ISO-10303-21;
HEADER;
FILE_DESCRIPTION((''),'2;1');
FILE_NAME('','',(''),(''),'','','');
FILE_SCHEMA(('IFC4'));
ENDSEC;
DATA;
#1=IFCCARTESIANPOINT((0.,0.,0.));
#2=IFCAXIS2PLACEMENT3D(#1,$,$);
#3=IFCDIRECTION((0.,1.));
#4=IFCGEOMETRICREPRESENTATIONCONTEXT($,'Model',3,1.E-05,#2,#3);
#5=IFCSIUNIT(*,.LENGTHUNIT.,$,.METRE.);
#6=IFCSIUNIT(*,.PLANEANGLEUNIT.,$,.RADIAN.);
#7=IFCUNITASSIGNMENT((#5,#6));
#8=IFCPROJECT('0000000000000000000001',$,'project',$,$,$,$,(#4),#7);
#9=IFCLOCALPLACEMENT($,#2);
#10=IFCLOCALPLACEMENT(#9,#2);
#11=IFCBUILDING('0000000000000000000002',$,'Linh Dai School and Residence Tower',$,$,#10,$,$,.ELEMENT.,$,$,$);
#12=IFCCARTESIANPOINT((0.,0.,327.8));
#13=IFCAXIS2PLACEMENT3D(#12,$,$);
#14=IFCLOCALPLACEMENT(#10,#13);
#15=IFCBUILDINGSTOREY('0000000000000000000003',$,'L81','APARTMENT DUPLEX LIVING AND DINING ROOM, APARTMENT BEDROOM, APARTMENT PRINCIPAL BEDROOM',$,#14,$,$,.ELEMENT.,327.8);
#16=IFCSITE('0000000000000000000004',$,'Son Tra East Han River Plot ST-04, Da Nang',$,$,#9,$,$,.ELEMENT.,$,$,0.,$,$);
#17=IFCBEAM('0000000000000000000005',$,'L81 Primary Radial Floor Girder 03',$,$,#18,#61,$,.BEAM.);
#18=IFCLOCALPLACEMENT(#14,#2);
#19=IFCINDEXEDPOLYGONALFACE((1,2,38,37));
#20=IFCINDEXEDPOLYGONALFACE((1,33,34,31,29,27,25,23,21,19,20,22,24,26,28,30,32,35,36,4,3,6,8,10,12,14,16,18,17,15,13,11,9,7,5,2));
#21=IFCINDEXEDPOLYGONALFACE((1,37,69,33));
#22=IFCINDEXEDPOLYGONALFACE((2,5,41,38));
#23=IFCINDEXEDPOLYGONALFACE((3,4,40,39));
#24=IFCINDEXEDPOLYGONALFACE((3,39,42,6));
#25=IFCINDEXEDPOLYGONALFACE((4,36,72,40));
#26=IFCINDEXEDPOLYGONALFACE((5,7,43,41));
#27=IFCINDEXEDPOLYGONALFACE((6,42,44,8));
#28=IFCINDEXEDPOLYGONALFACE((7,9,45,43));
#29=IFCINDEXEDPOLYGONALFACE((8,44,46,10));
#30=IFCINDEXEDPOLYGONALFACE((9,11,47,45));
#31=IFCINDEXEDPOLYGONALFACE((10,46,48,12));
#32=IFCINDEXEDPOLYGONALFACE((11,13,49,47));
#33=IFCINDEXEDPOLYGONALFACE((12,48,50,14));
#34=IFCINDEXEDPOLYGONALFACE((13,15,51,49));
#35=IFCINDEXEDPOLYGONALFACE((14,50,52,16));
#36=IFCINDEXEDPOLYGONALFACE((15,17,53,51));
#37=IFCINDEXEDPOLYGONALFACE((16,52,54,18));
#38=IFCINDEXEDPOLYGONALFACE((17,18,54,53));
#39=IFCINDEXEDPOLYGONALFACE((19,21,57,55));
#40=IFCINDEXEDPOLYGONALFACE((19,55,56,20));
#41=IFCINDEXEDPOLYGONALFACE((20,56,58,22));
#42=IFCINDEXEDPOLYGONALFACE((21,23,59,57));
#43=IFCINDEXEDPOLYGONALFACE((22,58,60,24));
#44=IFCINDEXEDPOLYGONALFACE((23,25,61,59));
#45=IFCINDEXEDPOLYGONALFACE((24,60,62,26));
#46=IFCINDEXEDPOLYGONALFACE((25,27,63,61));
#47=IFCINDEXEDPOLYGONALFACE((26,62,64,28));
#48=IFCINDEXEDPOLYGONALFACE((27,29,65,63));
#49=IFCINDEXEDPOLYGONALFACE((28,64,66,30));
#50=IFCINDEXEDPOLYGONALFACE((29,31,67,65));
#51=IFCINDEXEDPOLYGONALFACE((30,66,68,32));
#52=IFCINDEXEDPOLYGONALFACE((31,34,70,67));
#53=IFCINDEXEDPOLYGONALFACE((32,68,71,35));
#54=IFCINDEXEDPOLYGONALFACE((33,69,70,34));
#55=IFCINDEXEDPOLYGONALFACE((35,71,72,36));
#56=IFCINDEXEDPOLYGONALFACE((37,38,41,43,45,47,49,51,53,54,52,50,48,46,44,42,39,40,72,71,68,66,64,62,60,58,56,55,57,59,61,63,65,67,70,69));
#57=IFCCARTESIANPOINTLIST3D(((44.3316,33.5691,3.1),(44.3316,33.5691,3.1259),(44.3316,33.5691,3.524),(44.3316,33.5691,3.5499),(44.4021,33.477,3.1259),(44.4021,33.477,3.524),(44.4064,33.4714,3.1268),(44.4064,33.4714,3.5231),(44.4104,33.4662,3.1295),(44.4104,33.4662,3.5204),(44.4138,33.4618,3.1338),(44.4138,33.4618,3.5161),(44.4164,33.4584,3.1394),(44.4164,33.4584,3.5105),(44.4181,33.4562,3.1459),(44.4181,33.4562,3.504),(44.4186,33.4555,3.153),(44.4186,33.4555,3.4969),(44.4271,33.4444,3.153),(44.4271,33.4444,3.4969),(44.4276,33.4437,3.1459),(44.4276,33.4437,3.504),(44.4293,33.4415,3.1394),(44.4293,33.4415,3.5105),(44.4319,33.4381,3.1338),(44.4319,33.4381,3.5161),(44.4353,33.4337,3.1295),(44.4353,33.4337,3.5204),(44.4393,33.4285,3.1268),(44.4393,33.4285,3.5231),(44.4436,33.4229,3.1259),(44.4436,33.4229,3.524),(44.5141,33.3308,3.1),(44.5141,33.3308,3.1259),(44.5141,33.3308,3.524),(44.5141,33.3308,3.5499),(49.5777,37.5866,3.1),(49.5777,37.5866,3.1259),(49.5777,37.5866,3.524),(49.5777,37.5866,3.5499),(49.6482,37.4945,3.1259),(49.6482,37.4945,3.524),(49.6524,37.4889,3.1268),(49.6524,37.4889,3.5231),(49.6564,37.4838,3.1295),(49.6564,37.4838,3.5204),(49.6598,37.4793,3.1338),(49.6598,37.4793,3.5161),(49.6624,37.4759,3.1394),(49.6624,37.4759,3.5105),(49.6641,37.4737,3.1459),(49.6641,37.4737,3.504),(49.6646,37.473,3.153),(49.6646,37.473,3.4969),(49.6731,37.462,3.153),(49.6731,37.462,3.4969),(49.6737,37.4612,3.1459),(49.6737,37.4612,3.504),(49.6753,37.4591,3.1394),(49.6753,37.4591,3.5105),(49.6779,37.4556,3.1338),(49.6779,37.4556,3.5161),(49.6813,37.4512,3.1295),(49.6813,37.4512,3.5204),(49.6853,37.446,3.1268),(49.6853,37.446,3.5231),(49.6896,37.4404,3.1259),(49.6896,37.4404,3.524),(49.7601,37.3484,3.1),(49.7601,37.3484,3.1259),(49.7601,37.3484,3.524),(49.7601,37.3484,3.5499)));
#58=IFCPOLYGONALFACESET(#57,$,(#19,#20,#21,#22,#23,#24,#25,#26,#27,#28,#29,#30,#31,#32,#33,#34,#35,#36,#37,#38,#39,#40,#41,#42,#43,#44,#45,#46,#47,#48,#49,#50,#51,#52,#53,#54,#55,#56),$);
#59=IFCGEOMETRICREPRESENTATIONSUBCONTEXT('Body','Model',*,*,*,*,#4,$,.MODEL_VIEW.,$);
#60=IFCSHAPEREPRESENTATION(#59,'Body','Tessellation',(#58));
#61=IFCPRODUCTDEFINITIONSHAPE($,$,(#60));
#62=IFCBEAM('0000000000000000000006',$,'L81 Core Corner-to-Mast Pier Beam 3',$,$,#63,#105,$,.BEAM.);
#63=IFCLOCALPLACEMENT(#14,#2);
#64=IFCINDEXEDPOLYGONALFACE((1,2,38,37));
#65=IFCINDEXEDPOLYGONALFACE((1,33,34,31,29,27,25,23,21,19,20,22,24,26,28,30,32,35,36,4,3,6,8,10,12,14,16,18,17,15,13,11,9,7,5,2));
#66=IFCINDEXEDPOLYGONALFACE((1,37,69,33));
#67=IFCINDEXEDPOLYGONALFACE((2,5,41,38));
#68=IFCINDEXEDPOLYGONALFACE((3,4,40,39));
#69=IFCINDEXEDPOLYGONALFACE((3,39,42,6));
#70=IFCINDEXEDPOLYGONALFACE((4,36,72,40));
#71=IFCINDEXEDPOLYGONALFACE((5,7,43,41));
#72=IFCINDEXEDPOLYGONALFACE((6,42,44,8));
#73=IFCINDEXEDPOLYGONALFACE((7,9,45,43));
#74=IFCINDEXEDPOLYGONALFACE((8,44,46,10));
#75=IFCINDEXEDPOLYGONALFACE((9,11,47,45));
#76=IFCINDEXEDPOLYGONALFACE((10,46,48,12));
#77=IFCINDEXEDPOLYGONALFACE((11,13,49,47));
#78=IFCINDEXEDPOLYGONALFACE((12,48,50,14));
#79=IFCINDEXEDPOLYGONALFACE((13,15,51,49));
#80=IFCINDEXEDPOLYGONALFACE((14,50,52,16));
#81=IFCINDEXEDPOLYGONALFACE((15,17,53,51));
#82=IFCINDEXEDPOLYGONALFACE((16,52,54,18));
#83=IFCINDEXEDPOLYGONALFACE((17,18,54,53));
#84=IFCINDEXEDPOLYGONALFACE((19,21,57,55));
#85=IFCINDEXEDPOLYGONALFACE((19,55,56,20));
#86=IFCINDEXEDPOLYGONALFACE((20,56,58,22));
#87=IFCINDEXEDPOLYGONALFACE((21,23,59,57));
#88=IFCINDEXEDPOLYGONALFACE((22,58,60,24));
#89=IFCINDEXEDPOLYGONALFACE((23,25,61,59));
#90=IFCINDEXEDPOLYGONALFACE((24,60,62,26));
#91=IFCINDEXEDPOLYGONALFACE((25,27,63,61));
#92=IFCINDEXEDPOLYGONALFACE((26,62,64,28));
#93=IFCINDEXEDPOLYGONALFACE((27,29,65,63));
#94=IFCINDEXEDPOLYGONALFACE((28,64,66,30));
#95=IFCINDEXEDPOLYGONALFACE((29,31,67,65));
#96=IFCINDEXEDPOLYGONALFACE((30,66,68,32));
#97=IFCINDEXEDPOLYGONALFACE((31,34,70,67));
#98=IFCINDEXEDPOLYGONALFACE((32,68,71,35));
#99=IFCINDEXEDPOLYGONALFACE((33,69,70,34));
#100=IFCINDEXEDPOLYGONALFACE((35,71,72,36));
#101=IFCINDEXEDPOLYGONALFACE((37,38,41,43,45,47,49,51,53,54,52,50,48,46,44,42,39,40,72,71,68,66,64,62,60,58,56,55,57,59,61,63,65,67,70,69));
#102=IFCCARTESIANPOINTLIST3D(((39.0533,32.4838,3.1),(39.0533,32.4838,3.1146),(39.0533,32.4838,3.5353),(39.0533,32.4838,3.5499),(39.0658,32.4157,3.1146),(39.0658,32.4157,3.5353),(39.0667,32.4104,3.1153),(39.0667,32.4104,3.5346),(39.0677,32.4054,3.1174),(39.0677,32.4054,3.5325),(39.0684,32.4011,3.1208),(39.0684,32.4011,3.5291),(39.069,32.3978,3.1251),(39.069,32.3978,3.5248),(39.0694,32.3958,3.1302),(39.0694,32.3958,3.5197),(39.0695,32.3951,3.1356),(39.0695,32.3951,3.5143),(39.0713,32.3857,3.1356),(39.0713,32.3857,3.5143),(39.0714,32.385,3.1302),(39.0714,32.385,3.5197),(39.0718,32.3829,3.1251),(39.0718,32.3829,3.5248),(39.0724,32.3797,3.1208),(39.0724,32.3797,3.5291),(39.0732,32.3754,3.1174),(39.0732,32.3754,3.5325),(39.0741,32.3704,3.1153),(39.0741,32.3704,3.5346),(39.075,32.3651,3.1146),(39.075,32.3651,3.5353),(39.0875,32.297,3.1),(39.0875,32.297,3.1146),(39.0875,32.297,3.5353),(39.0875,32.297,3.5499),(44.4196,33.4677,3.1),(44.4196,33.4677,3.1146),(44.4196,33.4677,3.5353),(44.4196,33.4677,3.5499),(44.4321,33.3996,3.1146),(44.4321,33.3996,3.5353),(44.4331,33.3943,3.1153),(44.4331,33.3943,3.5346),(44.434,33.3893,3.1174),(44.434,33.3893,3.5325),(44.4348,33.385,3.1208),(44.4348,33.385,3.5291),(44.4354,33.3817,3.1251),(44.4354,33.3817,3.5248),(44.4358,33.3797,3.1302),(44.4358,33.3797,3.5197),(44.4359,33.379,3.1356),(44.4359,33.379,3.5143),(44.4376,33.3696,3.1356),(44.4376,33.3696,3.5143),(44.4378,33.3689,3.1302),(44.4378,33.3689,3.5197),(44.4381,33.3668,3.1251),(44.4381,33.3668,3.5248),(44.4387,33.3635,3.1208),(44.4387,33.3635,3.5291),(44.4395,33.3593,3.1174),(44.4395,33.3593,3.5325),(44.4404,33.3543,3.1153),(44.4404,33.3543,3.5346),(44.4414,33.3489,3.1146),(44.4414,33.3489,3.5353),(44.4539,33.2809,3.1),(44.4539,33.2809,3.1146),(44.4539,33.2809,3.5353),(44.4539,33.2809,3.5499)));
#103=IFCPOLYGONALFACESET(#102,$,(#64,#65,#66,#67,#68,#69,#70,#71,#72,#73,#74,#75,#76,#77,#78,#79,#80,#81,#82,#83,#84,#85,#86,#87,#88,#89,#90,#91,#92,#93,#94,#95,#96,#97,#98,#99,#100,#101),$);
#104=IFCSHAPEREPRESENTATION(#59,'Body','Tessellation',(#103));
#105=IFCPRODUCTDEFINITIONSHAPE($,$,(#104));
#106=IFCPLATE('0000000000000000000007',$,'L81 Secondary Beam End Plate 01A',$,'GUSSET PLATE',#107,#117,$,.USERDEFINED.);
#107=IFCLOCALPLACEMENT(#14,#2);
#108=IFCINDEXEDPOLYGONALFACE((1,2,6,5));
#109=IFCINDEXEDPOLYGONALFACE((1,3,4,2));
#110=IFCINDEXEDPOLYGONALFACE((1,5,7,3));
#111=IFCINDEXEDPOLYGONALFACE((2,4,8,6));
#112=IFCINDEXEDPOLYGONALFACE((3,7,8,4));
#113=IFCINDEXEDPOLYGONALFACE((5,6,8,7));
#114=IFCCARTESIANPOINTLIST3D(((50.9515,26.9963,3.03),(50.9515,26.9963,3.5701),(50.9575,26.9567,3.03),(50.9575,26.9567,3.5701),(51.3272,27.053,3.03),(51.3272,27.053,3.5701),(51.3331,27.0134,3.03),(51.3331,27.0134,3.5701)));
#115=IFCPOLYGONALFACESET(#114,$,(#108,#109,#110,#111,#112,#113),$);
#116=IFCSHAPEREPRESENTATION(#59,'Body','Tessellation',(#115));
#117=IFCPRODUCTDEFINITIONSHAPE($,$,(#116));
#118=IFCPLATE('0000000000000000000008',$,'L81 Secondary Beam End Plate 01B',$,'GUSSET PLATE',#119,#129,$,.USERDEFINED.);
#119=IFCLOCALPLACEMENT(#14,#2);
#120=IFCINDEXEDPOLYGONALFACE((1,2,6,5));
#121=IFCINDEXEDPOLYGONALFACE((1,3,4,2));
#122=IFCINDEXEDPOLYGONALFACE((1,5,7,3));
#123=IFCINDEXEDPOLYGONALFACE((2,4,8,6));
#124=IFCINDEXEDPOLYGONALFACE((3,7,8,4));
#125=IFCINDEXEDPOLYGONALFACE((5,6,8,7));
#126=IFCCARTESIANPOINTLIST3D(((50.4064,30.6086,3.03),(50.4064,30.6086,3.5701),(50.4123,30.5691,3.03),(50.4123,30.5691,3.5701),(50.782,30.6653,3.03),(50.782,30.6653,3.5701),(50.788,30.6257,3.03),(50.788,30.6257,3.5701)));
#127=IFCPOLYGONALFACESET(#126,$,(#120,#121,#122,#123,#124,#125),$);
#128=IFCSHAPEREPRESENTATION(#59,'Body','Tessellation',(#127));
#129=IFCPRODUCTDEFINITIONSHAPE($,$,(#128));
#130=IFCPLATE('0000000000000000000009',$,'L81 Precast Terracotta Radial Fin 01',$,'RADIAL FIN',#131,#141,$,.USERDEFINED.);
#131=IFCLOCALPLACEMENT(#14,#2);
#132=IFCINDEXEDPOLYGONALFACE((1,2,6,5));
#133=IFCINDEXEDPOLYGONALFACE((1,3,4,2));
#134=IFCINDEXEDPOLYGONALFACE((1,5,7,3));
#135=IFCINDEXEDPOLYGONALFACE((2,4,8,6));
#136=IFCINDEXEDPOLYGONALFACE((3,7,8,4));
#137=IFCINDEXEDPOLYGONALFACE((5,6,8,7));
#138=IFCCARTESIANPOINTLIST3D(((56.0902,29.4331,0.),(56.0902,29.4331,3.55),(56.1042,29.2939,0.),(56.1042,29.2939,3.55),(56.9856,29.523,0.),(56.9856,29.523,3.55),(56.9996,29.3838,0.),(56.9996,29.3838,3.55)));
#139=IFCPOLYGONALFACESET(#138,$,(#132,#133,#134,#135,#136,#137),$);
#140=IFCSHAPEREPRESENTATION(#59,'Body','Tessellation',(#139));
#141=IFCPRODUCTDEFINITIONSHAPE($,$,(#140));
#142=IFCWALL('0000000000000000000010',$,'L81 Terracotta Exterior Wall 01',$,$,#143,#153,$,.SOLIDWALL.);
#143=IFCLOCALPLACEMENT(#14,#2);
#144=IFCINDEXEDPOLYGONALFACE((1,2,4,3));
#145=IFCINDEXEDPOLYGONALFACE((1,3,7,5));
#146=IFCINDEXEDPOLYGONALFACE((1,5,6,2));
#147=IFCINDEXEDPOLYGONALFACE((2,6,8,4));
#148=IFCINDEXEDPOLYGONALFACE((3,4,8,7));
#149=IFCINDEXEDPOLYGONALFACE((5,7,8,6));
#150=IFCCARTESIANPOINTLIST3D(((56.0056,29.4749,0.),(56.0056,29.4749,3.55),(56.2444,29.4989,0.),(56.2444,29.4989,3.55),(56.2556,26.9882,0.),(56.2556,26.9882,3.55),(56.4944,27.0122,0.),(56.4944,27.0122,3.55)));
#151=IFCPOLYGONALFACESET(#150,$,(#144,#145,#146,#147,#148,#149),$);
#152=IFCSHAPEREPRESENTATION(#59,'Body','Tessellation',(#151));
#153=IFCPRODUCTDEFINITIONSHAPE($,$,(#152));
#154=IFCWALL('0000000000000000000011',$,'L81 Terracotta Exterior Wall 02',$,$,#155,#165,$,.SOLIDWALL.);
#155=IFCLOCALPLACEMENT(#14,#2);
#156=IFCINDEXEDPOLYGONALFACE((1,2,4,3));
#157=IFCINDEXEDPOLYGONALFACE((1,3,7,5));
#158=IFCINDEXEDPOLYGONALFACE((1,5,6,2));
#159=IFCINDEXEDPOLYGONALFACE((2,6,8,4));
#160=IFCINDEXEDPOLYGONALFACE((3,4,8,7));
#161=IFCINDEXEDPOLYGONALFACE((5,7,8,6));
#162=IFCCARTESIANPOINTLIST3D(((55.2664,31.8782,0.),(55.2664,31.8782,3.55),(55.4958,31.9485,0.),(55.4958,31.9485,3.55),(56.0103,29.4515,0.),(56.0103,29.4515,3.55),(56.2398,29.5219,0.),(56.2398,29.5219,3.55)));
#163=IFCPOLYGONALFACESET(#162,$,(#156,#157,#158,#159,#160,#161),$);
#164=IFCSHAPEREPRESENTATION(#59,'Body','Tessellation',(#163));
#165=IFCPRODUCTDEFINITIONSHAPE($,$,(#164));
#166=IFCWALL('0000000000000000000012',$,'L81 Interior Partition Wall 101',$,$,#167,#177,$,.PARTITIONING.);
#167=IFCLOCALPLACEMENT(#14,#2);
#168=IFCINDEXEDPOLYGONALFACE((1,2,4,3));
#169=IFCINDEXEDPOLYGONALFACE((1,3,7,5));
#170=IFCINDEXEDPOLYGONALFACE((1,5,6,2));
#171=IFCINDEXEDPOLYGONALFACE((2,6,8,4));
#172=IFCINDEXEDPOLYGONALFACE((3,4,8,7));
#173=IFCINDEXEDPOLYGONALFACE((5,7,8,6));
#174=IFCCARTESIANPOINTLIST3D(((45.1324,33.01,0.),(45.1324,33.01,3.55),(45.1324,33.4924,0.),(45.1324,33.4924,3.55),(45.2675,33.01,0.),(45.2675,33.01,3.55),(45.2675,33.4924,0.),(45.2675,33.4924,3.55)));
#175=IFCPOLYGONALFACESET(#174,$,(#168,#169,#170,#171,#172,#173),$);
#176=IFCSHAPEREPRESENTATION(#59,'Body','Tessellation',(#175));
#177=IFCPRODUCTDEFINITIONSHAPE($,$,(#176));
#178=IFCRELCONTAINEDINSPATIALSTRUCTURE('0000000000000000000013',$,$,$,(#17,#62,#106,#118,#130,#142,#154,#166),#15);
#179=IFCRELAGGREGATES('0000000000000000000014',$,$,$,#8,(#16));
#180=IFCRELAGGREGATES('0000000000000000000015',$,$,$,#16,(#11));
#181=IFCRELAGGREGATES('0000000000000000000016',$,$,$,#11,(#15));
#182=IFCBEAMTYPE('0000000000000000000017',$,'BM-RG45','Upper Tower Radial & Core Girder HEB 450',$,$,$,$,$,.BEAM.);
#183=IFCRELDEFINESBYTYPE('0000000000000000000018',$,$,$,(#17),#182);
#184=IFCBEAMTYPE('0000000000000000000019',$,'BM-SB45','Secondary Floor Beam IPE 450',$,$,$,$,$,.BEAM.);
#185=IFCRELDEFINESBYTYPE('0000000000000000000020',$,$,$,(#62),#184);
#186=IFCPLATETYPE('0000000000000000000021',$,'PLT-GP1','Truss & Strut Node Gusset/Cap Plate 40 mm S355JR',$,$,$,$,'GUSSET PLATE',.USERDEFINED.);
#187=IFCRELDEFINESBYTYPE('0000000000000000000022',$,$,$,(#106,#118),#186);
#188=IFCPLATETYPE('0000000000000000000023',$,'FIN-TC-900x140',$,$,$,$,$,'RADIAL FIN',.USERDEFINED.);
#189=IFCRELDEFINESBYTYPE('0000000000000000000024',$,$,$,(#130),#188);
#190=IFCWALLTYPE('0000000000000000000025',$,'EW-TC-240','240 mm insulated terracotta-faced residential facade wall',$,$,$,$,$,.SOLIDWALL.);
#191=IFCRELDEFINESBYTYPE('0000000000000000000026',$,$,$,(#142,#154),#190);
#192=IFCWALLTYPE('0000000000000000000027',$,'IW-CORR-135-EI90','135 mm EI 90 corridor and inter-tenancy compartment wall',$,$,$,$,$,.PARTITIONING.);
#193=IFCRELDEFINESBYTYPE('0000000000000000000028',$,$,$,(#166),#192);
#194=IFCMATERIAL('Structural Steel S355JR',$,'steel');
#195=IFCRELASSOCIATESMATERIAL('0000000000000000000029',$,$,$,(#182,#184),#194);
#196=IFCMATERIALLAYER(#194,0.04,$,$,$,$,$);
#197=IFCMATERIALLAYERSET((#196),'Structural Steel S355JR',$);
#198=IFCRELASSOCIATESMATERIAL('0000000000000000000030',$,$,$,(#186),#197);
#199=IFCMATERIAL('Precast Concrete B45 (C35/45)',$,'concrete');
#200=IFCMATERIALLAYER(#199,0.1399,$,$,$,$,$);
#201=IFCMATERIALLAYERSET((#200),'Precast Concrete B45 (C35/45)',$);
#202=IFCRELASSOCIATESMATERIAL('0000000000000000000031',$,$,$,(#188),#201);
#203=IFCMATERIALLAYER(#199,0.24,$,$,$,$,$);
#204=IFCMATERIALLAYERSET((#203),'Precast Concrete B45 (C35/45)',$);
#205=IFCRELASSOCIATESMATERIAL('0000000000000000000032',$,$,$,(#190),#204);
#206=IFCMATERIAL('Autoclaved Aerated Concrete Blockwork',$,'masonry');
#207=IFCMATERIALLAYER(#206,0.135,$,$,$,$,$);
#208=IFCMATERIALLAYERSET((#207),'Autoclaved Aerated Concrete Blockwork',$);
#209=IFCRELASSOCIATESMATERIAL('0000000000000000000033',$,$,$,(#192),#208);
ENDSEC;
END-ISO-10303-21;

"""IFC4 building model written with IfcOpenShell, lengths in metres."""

from ifc_helpers import new_model, si_unit, direction, frame, frame_2d, origin, origin_2d, place, context, subcontext, project, spatial, rectangle, i_section, extrude, source, transform, mapped, material, layer, layer_set, material_profile, profile_set, type_object, element, save


model = new_model("IFC4")

# Units and contexts
model_context = context("Model", 3, precision=1e-05, world=origin(), true_north=direction((0.0, 1.0)))
body_context = subcontext(model_context, "Body", "Model", "MODEL_VIEW")
ifc_project = project(units=[si_unit("LENGTHUNIT", "METRE"), si_unit("PLANEANGLEUNIT", "RADIAN")], contexts=[model_context])

# Site, building, storey
site_placement = place(None, origin())
site = spatial("IfcSite", under=ifc_project, at=site_placement, Name="Son Tra East Han River Plot ST-04, Da Nang", CompositionType="ELEMENT", RefElevation=0.0)
building_placement = place(site_placement, origin())
building = spatial("IfcBuilding", under=site, at=building_placement, Name="Linh Dai School and Residence Tower", CompositionType="ELEMENT")
storey_placement = place(building_placement, frame((0.0, 0.0, 327.8)))
storey = spatial("IfcBuildingStorey", under=building, at=storey_placement, Name="L81", Description="APARTMENT DUPLEX LIVING AND DINING ROOM, APARTMENT BEDROOM, APARTMENT PRINCIPAL BEDROOM", CompositionType="ELEMENT", Elevation=327.8)

# Shared definitions
ifc_material_1 = material(Name="Structural Steel S355JR", Category="steel")

# Beams
ifc_material_profile_1 = material_profile(ifc_material_1, i_section(OverallWidth=0.3, OverallDepth=0.45, WebThickness=0.0139, FlangeThickness=0.0259, FilletRadius=0.0271, at=origin_2d()), Name="HEB 450")
ifc_profile_set_1 = profile_set([ifc_material_profile_1], Name="Structural Steel S355JR")
beam_type_1 = type_object("IfcBeamType", Name="BM-RG45", Description="Upper Tower Radial & Core Girder HEB 450", PredefinedType="BEAM", material=ifc_profile_set_1)
beam_1_placement = place(storey_placement, frame((44.4229, 33.45, 3.325), z_axis=(0.79393, 0.608009, 0.0), x_axis=(-0.608009, 0.79393, 0.0)))
element("IfcBeam", 1, at=beam_1_placement, inside=storey, type_object=beam_type_1, Name="L81 Primary Radial Floor Girder 03", PredefinedType="BEAM", context=body_context, shape_type="SweptSolid", body=[
    extrude(i_section(OverallWidth=0.3, OverallDepth=0.45, WebThickness=0.0139, FlangeThickness=0.0259, FilletRadius=0.0271, at=origin_2d()), origin(), (0.0, 0.0, 1.0), 6.6077),
])
ifc_material_profile_2 = material_profile(ifc_material_1, i_section(OverallWidth=0.1899, OverallDepth=0.45, WebThickness=0.0095, FlangeThickness=0.0146, FilletRadius=0.021, at=origin_2d()), Name="IPE 450")
ifc_profile_set_2 = profile_set([ifc_material_profile_2], Name="Structural Steel S355JR")
beam_type_2 = type_object("IfcBeamType", Name="BM-SB45", Description="Secondary Floor Beam IPE 450", PredefinedType="BEAM", material=ifc_profile_set_2)
beam_2_placement = place(storey_placement, frame((44.4368, 33.3743, 3.325), z_axis=(-0.983605, -0.180334, 0.0), x_axis=(0.180334, -0.983605, 0.0)))
element("IfcBeam", 2, at=beam_2_placement, inside=storey, type_object=beam_type_2, Name="L81 Core Corner-to-Mast Pier Beam 3", PredefinedType="BEAM", context=body_context, shape_type="SweptSolid", body=[
    extrude(i_section(OverallWidth=0.1899, OverallDepth=0.45, WebThickness=0.0095, FlangeThickness=0.0146, FilletRadius=0.021, at=origin_2d()), origin(), (0.0, 0.0, 1.0), 5.4558),
])

# Plates
ifc_layer_1 = layer(ifc_material_1, 0.04)
ifc_layer_set_1 = layer_set([ifc_layer_1], Name="Structural Steel S355JR")
plate_type_1 = type_object("IfcPlateType", Name="PLT-GP1", Description="Truss & Strut Node Gusset/Cap Plate 40 mm S355JR", ElementType="GUSSET PLATE", PredefinedType="USERDEFINED", material=ifc_layer_set_1)
shared_shape_1 = source(origin(), body_context, "Body", "SweptSolid", [
    extrude(rectangle(XDim=0.04, YDim=0.3799, at=origin_2d()), origin(), (0.0, 0.0, 1.0), 0.54),
])
for number, where, z_axis, x_axis, name in (
    (3, (51.1423, 27.0049, 3.03), (0.0, 0.0, 1.0), (-0.149196, 0.988808, 0.0), "L81 Secondary Beam End Plate 01A"),
    (4, (50.5972, 30.6172, 3.03), (0.0, 0.0, 1.0), (-0.149196, 0.988808, 0.0), "L81 Secondary Beam End Plate 01B"),
):
    element("IfcPlate", number, at=place(storey_placement, frame(where, z_axis=z_axis, x_axis=x_axis)), inside=storey, type_object=plate_type_1, Name=name, ObjectType="GUSSET PLATE", PredefinedType="USERDEFINED", context=body_context, shape_type="MappedRepresentation", body=[
        mapped(shared_shape_1, transform((0.0, 0.0, 0.0), x_axis=(1.0, 0.0, 0.0), y_axis=(0.0, 1.0, 0.0), z_axis=(0.0, 0.0, 1.0), scale=1.0)),
    ])
ifc_material_2 = material(Name="Precast Concrete B45 (C35/45)", Category="concrete")
ifc_layer_2 = layer(ifc_material_2, 0.1399)
ifc_layer_set_2 = layer_set([ifc_layer_2], Name="Precast Concrete B45 (C35/45)")
plate_type_2 = type_object("IfcPlateType", Name="FIN-TC-900x140", ElementType="RADIAL FIN", PredefinedType="USERDEFINED", material=ifc_layer_set_2)
shared_shape_2 = source(origin(), body_context, "Body", "SweptSolid", [
    extrude(rectangle(XDim=0.8999, YDim=0.1399, at=origin_2d()), origin(), (0.0, 0.0, 1.0), 3.55),
])
plate_placement = place(storey_placement, frame((56.5449, 29.4084, 0.0), z_axis=(0.0, 0.0, 1.0), x_axis=(0.994988, 0.099992, 0.0)))
element("IfcPlate", 5, at=plate_placement, inside=storey, type_object=plate_type_2, Name="L81 Precast Terracotta Radial Fin 01", ObjectType="RADIAL FIN", PredefinedType="USERDEFINED", context=body_context, shape_type="MappedRepresentation", body=[
    mapped(shared_shape_2, transform((0.0, 0.0, 0.0), x_axis=(1.0, 0.0, 0.0), y_axis=(0.0, 1.0, 0.0), z_axis=(0.0, 0.0, 1.0), scale=1.0)),
])

# Walls
ifc_layer_3 = layer(ifc_material_2, 0.24)
ifc_layer_set_3 = layer_set([ifc_layer_3], Name="Precast Concrete B45 (C35/45)")
wall_type_1 = type_object("IfcWallType", Name="EW-TC-240", Description="240 mm insulated terracotta-faced residential facade wall", PredefinedType="SOLIDWALL", material=ifc_layer_set_3)
wall_1_placement = place(storey_placement, frame((56.125, 29.4868, 0.0), z_axis=(0.0, 0.0, 1.0), x_axis=(0.100026, -0.994985, 0.0)))
element("IfcWall", 6, at=wall_1_placement, inside=storey, type_object=wall_type_1, Name="L81 Terracotta Exterior Wall 01", PredefinedType="SOLIDWALL", context=body_context, shape_type="SweptSolid", body=[
    extrude(rectangle(XDim=2.4993, YDim=0.24, at=frame_2d((1.2495, 0.0))), origin(), (0.0, 0.0, 1.0), 3.55),
])
wall_2_placement = place(storey_placement, frame((55.3811, 31.9133, 0.0), z_axis=(0.0, 0.0, 1.0), x_axis=(0.293106, -0.95608, 0.0)))
element("IfcWall", 7, at=wall_2_placement, inside=storey, type_object=wall_type_1, Name="L81 Terracotta Exterior Wall 02", PredefinedType="SOLIDWALL", context=body_context, shape_type="SweptSolid", body=[
    extrude(rectangle(XDim=2.5381, YDim=0.24, at=frame_2d((1.269, 0.0))), origin(), (0.0, 0.0, 1.0), 3.55),
])
ifc_material_3 = material(Name="Autoclaved Aerated Concrete Blockwork", Category="masonry")
ifc_layer_4 = layer(ifc_material_3, 0.135)
ifc_layer_set_4 = layer_set([ifc_layer_4], Name="Autoclaved Aerated Concrete Blockwork")
wall_type_2 = type_object("IfcWallType", Name="IW-CORR-135-EI90", Description="135 mm EI 90 corridor and inter-tenancy compartment wall", PredefinedType="PARTITIONING", material=ifc_layer_set_4)
wall_3_placement = place(storey_placement, frame((45.2, 33.01, 0.0), z_axis=(0.0, 0.0, 1.0), x_axis=(0.0, 1.0, 0.0)))
element("IfcWall", 8, at=wall_3_placement, inside=storey, type_object=wall_type_2, Name="L81 Interior Partition Wall 101", PredefinedType="PARTITIONING", context=body_context, shape_type="SweptSolid", body=[
    extrude(rectangle(XDim=0.4824, YDim=0.135, at=frame_2d((0.2412, 0.0))), origin(), (0.0, 0.0, 1.0), 3.55),
])

save(model, "model.ifc")
